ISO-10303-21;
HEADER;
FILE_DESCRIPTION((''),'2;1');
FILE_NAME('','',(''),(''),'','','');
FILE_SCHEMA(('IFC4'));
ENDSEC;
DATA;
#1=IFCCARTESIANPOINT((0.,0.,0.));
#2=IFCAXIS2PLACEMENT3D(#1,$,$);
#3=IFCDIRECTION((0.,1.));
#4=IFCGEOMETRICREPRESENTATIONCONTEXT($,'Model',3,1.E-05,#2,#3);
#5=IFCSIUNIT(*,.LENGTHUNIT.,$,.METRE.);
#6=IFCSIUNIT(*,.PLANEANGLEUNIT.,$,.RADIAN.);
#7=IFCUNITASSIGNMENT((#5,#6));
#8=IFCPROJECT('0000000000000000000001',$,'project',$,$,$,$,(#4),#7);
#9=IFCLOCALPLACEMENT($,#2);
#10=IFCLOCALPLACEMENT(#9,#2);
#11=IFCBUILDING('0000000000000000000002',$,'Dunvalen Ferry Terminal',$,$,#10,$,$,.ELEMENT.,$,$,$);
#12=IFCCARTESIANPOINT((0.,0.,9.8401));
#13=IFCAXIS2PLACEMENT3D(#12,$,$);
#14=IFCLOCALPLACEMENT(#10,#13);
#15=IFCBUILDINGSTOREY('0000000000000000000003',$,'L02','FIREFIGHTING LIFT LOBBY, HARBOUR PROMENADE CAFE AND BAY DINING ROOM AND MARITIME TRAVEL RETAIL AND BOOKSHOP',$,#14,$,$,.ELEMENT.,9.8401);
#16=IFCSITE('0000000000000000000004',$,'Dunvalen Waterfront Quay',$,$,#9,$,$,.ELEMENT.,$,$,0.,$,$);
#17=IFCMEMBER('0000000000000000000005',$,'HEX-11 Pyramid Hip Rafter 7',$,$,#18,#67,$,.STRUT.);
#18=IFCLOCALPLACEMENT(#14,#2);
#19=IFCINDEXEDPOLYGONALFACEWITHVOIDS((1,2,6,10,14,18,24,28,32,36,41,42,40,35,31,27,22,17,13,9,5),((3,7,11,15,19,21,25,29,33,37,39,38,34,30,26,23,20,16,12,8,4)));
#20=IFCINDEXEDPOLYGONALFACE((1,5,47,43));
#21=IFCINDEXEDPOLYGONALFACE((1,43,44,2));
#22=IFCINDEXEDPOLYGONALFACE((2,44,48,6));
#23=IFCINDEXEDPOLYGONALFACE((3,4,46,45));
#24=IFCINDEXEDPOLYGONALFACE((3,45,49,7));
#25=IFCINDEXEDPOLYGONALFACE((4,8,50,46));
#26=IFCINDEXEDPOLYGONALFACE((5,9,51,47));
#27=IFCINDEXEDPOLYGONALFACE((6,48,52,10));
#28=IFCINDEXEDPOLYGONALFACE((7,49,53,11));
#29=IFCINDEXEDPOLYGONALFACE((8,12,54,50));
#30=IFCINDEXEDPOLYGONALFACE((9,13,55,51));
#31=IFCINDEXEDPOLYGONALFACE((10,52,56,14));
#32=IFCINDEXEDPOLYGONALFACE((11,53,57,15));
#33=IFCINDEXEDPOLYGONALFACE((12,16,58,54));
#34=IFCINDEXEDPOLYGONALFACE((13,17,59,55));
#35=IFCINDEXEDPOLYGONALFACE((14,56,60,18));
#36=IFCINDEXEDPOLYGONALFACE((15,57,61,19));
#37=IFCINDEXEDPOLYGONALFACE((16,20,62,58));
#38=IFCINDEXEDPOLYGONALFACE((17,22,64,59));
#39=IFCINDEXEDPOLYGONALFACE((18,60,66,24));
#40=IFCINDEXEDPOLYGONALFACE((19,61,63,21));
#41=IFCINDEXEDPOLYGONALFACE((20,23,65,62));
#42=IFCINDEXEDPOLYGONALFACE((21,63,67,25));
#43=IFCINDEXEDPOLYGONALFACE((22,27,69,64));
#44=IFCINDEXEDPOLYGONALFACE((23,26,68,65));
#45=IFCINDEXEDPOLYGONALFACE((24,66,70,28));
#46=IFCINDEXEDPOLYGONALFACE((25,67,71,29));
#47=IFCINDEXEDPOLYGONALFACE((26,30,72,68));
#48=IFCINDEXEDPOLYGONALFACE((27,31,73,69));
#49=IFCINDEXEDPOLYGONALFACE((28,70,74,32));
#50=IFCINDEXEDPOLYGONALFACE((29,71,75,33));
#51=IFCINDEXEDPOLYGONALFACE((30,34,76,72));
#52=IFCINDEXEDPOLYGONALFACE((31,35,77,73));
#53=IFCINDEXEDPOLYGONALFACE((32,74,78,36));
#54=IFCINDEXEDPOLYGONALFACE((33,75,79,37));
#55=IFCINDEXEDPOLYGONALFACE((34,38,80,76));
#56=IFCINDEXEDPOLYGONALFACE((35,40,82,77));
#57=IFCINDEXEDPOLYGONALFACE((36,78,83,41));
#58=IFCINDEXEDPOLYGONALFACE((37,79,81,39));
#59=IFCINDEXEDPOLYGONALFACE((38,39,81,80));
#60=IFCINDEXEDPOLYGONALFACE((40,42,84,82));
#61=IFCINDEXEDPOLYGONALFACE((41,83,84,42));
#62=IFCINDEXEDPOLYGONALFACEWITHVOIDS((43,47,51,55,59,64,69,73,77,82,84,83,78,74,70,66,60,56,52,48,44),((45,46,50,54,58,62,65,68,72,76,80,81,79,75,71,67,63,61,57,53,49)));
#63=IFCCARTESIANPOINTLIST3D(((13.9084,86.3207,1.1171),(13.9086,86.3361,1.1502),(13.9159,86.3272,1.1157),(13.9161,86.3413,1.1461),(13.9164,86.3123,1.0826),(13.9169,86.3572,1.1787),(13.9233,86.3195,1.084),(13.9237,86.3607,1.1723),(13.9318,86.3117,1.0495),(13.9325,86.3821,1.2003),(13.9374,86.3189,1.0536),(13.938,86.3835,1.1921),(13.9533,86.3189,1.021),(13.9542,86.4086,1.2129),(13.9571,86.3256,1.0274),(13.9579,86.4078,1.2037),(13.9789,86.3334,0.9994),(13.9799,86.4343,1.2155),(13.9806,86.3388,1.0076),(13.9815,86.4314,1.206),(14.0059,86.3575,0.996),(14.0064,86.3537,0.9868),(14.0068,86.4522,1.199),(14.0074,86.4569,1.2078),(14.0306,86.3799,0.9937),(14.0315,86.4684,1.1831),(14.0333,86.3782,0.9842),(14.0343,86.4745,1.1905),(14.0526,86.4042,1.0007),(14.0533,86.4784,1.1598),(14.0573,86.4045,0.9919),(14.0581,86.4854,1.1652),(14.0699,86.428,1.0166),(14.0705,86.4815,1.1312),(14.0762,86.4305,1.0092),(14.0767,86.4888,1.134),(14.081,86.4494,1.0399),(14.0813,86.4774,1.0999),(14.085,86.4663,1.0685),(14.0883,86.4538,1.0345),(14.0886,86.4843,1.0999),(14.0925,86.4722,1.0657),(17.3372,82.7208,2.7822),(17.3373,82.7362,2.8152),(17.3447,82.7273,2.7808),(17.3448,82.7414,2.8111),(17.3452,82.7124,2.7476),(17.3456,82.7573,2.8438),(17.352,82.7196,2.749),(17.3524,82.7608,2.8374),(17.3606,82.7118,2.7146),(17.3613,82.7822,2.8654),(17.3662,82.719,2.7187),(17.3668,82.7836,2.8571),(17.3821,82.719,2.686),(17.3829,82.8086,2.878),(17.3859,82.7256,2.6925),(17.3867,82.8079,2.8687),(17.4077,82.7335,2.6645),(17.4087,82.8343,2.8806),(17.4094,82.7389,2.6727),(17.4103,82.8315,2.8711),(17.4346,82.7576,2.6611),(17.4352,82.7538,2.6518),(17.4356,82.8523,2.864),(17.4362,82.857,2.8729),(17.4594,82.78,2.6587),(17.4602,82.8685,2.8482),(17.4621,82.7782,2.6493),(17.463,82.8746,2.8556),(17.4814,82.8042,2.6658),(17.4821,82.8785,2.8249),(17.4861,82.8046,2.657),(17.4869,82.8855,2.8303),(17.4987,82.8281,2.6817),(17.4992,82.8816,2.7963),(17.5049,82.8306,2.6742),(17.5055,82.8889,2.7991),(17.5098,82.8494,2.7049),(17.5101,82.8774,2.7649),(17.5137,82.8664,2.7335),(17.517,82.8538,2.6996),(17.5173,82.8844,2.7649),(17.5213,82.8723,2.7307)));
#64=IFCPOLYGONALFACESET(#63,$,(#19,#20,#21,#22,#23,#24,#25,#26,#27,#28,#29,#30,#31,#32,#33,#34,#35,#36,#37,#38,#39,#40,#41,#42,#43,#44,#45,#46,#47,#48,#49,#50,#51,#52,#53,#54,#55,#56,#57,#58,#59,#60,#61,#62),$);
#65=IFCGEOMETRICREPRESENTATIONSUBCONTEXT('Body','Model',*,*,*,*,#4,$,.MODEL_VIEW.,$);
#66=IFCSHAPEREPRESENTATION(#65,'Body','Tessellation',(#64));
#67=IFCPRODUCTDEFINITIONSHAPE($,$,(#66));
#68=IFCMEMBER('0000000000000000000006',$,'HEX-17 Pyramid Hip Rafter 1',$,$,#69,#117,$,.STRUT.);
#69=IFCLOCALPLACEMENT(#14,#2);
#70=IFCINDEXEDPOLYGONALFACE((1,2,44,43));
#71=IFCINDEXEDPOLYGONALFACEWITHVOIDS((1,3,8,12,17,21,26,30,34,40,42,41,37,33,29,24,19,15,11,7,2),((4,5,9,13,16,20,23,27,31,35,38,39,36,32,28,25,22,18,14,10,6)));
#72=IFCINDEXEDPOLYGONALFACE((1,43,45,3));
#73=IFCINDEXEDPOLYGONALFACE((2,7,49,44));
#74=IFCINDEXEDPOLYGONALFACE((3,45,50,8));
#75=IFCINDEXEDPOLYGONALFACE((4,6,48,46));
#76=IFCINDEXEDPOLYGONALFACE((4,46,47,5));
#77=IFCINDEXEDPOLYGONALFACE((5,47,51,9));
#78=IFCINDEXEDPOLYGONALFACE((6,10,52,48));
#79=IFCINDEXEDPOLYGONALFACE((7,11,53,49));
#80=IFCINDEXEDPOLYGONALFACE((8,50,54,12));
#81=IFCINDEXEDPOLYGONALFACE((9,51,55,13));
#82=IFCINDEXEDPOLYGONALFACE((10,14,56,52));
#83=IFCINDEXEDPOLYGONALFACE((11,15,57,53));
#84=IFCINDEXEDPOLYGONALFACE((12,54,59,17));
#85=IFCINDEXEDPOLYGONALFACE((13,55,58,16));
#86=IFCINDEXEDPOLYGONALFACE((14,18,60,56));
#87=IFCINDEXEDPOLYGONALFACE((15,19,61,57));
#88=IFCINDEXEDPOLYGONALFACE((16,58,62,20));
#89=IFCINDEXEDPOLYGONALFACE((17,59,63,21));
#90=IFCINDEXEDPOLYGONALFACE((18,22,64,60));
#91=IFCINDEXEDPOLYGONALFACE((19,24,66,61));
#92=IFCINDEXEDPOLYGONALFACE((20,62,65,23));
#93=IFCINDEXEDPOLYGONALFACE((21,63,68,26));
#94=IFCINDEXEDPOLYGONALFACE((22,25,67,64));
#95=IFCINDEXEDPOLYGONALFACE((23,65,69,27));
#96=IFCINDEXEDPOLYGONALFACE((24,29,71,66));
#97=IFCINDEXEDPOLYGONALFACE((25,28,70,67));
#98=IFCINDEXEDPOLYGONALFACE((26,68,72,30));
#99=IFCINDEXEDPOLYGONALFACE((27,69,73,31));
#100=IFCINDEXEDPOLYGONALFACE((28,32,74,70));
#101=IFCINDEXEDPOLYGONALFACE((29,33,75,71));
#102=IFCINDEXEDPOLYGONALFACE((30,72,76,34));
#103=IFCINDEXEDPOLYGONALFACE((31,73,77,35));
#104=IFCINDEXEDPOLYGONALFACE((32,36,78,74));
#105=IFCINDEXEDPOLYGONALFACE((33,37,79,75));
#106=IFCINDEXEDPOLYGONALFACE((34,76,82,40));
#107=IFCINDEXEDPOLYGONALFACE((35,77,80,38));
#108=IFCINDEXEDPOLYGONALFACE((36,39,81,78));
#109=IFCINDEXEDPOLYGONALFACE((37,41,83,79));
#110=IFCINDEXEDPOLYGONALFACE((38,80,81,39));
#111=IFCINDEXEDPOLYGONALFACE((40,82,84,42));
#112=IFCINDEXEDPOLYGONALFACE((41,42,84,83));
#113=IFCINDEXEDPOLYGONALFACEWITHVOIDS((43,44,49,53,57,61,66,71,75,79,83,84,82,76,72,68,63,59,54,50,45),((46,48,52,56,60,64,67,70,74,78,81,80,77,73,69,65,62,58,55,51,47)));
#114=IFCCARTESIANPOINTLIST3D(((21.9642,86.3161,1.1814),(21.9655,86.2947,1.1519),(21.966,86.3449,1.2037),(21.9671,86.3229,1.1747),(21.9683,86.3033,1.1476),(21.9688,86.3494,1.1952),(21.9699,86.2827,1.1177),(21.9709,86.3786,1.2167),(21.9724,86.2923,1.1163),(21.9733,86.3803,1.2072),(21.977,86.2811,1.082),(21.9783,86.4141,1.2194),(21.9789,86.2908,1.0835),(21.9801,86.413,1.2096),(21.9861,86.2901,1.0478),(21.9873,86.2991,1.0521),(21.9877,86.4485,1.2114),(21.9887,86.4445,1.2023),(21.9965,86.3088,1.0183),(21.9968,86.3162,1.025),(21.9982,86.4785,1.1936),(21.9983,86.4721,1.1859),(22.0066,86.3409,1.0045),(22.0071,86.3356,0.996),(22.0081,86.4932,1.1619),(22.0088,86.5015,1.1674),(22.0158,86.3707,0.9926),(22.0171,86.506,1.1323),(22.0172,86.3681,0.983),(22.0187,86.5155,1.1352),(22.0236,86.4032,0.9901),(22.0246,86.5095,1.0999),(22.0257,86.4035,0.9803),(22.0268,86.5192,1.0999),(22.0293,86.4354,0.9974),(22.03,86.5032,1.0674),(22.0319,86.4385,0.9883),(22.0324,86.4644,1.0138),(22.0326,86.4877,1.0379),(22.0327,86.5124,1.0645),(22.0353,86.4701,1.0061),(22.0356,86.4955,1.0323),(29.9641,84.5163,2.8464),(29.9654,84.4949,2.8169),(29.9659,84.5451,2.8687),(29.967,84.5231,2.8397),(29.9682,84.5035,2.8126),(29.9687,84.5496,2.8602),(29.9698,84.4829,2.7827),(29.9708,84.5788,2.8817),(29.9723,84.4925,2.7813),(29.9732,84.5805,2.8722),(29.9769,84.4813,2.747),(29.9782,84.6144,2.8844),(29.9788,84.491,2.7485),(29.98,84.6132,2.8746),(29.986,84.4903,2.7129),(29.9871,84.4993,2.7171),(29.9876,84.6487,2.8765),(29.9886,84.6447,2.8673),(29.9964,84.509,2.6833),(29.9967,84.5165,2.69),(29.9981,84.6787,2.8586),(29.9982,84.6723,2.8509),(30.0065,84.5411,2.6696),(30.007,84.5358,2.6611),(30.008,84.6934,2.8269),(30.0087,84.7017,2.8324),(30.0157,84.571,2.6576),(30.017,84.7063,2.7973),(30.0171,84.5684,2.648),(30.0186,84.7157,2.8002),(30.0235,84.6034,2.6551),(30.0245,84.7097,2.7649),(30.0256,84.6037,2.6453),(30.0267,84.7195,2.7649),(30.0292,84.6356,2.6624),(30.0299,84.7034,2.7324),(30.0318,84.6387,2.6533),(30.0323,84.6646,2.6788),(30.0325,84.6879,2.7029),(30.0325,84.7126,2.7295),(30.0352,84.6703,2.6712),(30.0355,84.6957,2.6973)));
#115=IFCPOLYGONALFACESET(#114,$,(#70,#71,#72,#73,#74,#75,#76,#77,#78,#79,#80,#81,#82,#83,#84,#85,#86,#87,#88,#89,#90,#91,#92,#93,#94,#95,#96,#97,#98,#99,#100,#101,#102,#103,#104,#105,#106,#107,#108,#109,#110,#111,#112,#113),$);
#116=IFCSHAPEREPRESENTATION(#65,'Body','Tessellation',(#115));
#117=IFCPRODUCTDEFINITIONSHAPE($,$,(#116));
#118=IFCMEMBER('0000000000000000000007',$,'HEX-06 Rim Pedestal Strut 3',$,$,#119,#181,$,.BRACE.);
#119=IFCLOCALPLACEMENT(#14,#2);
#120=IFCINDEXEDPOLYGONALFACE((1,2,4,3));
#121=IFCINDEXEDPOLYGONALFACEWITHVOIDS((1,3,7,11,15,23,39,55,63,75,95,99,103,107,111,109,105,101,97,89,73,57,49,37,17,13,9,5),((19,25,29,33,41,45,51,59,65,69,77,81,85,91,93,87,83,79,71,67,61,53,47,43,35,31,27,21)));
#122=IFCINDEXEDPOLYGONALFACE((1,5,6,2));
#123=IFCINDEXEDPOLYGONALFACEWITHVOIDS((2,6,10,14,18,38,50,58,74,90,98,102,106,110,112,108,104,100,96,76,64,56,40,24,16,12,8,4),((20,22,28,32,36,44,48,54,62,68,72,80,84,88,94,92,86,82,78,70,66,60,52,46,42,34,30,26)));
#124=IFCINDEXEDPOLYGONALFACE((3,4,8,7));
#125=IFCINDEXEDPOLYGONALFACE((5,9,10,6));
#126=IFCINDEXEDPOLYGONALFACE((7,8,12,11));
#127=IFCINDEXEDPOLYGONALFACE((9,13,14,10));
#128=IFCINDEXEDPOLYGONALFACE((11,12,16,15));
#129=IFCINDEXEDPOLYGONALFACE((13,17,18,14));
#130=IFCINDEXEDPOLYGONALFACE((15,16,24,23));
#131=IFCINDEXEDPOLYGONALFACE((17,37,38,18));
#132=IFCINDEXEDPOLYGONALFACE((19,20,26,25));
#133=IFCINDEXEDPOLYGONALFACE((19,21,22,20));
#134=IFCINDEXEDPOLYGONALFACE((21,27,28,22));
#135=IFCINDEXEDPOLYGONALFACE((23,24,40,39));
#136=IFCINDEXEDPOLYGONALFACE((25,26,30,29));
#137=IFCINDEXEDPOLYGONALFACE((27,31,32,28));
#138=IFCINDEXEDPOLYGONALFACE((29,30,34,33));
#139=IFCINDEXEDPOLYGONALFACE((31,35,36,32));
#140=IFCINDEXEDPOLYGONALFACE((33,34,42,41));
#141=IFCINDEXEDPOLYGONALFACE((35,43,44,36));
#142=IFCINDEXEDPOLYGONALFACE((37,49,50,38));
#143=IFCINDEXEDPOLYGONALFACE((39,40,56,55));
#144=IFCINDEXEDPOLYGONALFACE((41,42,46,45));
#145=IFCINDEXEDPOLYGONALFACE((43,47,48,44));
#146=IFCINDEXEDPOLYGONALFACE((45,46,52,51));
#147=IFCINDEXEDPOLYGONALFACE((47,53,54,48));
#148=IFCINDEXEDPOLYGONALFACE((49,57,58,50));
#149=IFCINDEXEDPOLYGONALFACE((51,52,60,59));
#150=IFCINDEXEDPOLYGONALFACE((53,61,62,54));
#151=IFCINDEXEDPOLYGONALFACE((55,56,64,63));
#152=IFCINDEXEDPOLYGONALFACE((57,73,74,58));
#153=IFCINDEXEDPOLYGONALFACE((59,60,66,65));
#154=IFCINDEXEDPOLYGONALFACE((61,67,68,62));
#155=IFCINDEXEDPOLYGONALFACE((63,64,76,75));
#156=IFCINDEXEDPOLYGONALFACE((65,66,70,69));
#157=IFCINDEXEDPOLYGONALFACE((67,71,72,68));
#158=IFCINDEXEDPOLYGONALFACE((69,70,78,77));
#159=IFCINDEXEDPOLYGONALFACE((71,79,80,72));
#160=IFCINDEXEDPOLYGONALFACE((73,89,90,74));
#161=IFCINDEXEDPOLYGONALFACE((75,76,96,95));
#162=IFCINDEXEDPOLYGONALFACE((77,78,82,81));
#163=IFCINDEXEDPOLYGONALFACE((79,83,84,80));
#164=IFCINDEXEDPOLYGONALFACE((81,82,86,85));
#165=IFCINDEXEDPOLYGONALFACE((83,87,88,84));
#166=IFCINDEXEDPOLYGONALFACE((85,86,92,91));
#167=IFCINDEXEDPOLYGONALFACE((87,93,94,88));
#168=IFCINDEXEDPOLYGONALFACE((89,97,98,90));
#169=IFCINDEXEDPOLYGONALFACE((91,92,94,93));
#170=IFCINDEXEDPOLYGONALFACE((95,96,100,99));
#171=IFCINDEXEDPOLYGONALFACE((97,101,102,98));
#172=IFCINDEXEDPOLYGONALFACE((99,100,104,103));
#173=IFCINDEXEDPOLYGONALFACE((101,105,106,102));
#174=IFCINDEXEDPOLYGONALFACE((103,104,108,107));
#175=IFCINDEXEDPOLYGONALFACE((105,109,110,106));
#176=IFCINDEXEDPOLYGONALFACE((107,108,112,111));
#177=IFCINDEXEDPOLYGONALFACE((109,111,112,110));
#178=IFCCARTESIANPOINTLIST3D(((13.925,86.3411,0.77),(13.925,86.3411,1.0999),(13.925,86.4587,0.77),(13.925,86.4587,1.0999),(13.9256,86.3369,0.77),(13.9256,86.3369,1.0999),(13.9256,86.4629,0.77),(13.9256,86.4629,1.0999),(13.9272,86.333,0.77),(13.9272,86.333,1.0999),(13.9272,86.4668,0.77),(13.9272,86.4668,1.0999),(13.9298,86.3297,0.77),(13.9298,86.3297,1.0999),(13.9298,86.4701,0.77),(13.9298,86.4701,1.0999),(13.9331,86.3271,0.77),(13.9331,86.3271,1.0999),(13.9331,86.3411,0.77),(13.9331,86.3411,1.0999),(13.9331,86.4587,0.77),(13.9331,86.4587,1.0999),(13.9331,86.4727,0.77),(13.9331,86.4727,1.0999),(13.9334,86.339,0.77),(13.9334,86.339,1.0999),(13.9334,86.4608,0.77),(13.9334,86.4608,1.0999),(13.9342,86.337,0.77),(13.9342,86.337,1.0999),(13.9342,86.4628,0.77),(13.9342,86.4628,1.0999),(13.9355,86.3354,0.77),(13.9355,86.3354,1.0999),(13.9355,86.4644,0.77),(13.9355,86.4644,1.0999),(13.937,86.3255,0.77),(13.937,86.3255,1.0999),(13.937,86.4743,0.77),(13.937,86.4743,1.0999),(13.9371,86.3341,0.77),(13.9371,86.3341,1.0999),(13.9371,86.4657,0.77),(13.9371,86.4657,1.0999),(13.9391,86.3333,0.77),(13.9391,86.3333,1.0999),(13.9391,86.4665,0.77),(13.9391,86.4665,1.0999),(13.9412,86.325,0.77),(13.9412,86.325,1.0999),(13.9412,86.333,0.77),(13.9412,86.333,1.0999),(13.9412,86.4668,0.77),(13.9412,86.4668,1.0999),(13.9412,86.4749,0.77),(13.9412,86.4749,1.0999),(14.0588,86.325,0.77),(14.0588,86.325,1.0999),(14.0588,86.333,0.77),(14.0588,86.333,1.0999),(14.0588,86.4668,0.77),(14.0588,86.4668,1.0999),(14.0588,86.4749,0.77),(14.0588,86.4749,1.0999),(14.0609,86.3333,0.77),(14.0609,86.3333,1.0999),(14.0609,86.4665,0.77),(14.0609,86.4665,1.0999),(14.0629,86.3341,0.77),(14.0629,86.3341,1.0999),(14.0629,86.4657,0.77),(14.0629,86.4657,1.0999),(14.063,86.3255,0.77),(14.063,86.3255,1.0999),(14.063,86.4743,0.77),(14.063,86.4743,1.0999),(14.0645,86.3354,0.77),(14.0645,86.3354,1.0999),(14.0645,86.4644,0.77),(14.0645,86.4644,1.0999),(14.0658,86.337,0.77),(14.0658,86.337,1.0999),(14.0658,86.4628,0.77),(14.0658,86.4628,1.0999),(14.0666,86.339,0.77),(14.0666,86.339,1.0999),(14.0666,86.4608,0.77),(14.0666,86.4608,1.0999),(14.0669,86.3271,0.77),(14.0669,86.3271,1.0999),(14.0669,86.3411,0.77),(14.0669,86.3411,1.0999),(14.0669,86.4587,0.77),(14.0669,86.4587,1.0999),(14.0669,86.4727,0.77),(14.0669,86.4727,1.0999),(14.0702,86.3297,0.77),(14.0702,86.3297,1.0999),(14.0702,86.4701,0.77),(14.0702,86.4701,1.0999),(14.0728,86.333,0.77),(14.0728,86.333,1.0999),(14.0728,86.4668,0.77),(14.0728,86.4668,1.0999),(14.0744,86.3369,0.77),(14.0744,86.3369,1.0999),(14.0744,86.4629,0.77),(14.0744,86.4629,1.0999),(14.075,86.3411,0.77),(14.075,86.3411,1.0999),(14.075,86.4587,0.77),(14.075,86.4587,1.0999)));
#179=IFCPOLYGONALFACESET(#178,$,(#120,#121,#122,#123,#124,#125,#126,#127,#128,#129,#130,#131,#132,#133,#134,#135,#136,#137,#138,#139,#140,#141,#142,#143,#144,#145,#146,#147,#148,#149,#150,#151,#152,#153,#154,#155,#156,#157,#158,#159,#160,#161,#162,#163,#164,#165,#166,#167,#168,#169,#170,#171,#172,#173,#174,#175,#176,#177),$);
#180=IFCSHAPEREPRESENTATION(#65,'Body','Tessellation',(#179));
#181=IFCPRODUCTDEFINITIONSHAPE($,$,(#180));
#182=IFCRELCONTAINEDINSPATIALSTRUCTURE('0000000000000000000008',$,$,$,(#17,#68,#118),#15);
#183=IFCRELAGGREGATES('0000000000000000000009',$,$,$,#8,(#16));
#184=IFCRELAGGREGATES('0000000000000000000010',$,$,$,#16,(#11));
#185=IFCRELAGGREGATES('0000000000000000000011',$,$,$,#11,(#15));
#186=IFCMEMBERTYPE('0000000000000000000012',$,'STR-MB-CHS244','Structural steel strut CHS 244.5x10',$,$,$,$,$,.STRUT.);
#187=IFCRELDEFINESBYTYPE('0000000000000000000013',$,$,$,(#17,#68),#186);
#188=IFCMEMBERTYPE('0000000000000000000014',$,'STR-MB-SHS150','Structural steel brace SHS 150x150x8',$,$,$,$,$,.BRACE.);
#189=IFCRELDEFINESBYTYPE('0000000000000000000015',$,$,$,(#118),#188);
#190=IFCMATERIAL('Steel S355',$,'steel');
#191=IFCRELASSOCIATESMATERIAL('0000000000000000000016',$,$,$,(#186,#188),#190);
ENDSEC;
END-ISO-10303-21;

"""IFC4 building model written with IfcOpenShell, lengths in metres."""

from ifc_helpers import new_model, si_unit, direction, frame, origin, origin_2d, place, context, subcontext, project, spatial, hollow_rectangle, hollow_circle, extrude, material, material_profile, profile_set, type_object, element, save


model = new_model("IFC4")

# Units and contexts
model_context = context("Model", 3, precision=1e-05, world=origin(), true_north=direction((0.0, 1.0)))
body_context = subcontext(model_context, "Body", "Model", "MODEL_VIEW")
ifc_project = project(units=[si_unit("LENGTHUNIT", "METRE"), si_unit("PLANEANGLEUNIT", "RADIAN")], contexts=[model_context])

# Site, building, storey
site_placement = place(None, origin())
site = spatial("IfcSite", under=ifc_project, at=site_placement, Name="Dunvalen Waterfront Quay", CompositionType="ELEMENT", RefElevation=0.0)
building_placement = place(site_placement, origin())
building = spatial("IfcBuilding", under=site, at=building_placement, Name="Dunvalen Ferry Terminal", CompositionType="ELEMENT")
storey_placement = place(building_placement, frame((0.0, 0.0, 9.8401)))
storey = spatial("IfcBuildingStorey", under=building, at=storey_placement, Name="L02", Description="FIREFIGHTING LIFT LOBBY, HARBOUR PROMENADE CAFE AND BAY DINING ROOM AND MARITIME TRAVEL RETAIL AND BOOKSHOP", CompositionType="ELEMENT", Elevation=9.8401)

# Shared definitions
ifc_material_1 = material(Name="Steel S355", Category="steel")

# Members
ifc_material_profile_1 = material_profile(ifc_material_1, hollow_circle(Radius=0.1223, WallThickness=0.01, at=origin_2d()), Name="Steel S355")
ifc_profile_set_1 = profile_set([ifc_material_profile_1], Name="Steel S355")
member_type_1 = type_object("IfcMemberType", Name="STR-MB-CHS244", Description="Structural steel strut CHS 244.5x10", PredefinedType="STRUT", material=ifc_profile_set_1)
member_1_placement = place(storey_placement, frame((14.0, 86.3999, 1.0999), z_axis=(0.65398, -0.686623, 0.317583), x_axis=(0.72411, 0.689685, 0.0)))
element("IfcMember", 1, at=member_1_placement, inside=storey, type_object=member_type_1, Name="HEX-11 Pyramid Hip Rafter 7", PredefinedType="STRUT", context=body_context, shape_type="SweptSolid", body=[
    extrude(hollow_circle(Radius=0.1223, WallThickness=0.01, at=origin_2d()), origin(), (0.0, 0.0, 1.0), 5.2429),
])
member_2_placement = place(storey_placement, frame((22.0, 86.3999, 1.0999), z_axis=(0.956103, -0.2151, 0.198994), x_axis=(0.21949, 0.975615, 0.0)))
element("IfcMember", 2, at=member_2_placement, inside=storey, type_object=member_type_1, Name="HEX-17 Pyramid Hip Rafter 1", PredefinedType="STRUT", context=body_context, shape_type="SweptSolid", body=[
    extrude(hollow_circle(Radius=0.1223, WallThickness=0.01, at=origin_2d()), origin(), (0.0, 0.0, 1.0), 8.3672),
])
ifc_material_profile_2 = material_profile(ifc_material_1, hollow_rectangle(XDim=0.1499, YDim=0.1499, WallThickness=0.0081, InnerFilletRadius=0.0081, OuterFilletRadius=0.0161, at=origin_2d()), Name="Steel S355")
ifc_profile_set_2 = profile_set([ifc_material_profile_2], Name="Steel S355")
member_type_2 = type_object("IfcMemberType", Name="STR-MB-SHS150", Description="Structural steel brace SHS 150x150x8", PredefinedType="BRACE", material=ifc_profile_set_2)
for number, where, z_axis, x_axis, name in (
    (3, (14.0, 86.3999, 0.77), (0.0, 0.0, 1.0), (1.0, 0.0, 0.0), "HEX-06 Rim Pedestal Strut 3"),
):
    element("IfcMember", number, at=place(storey_placement, frame(where, z_axis=z_axis, x_axis=x_axis)), inside=storey, type_object=member_type_2, Name=name, PredefinedType="BRACE", context=body_context, shape_type="SweptSolid", body=[
        extrude(hollow_rectangle(XDim=0.1499, YDim=0.1499, WallThickness=0.0081, InnerFilletRadius=0.0081, OuterFilletRadius=0.0161, at=origin_2d()), origin(), (0.0, 0.0, 1.0), 0.3298),
    ])

save(model, "model.ifc")
